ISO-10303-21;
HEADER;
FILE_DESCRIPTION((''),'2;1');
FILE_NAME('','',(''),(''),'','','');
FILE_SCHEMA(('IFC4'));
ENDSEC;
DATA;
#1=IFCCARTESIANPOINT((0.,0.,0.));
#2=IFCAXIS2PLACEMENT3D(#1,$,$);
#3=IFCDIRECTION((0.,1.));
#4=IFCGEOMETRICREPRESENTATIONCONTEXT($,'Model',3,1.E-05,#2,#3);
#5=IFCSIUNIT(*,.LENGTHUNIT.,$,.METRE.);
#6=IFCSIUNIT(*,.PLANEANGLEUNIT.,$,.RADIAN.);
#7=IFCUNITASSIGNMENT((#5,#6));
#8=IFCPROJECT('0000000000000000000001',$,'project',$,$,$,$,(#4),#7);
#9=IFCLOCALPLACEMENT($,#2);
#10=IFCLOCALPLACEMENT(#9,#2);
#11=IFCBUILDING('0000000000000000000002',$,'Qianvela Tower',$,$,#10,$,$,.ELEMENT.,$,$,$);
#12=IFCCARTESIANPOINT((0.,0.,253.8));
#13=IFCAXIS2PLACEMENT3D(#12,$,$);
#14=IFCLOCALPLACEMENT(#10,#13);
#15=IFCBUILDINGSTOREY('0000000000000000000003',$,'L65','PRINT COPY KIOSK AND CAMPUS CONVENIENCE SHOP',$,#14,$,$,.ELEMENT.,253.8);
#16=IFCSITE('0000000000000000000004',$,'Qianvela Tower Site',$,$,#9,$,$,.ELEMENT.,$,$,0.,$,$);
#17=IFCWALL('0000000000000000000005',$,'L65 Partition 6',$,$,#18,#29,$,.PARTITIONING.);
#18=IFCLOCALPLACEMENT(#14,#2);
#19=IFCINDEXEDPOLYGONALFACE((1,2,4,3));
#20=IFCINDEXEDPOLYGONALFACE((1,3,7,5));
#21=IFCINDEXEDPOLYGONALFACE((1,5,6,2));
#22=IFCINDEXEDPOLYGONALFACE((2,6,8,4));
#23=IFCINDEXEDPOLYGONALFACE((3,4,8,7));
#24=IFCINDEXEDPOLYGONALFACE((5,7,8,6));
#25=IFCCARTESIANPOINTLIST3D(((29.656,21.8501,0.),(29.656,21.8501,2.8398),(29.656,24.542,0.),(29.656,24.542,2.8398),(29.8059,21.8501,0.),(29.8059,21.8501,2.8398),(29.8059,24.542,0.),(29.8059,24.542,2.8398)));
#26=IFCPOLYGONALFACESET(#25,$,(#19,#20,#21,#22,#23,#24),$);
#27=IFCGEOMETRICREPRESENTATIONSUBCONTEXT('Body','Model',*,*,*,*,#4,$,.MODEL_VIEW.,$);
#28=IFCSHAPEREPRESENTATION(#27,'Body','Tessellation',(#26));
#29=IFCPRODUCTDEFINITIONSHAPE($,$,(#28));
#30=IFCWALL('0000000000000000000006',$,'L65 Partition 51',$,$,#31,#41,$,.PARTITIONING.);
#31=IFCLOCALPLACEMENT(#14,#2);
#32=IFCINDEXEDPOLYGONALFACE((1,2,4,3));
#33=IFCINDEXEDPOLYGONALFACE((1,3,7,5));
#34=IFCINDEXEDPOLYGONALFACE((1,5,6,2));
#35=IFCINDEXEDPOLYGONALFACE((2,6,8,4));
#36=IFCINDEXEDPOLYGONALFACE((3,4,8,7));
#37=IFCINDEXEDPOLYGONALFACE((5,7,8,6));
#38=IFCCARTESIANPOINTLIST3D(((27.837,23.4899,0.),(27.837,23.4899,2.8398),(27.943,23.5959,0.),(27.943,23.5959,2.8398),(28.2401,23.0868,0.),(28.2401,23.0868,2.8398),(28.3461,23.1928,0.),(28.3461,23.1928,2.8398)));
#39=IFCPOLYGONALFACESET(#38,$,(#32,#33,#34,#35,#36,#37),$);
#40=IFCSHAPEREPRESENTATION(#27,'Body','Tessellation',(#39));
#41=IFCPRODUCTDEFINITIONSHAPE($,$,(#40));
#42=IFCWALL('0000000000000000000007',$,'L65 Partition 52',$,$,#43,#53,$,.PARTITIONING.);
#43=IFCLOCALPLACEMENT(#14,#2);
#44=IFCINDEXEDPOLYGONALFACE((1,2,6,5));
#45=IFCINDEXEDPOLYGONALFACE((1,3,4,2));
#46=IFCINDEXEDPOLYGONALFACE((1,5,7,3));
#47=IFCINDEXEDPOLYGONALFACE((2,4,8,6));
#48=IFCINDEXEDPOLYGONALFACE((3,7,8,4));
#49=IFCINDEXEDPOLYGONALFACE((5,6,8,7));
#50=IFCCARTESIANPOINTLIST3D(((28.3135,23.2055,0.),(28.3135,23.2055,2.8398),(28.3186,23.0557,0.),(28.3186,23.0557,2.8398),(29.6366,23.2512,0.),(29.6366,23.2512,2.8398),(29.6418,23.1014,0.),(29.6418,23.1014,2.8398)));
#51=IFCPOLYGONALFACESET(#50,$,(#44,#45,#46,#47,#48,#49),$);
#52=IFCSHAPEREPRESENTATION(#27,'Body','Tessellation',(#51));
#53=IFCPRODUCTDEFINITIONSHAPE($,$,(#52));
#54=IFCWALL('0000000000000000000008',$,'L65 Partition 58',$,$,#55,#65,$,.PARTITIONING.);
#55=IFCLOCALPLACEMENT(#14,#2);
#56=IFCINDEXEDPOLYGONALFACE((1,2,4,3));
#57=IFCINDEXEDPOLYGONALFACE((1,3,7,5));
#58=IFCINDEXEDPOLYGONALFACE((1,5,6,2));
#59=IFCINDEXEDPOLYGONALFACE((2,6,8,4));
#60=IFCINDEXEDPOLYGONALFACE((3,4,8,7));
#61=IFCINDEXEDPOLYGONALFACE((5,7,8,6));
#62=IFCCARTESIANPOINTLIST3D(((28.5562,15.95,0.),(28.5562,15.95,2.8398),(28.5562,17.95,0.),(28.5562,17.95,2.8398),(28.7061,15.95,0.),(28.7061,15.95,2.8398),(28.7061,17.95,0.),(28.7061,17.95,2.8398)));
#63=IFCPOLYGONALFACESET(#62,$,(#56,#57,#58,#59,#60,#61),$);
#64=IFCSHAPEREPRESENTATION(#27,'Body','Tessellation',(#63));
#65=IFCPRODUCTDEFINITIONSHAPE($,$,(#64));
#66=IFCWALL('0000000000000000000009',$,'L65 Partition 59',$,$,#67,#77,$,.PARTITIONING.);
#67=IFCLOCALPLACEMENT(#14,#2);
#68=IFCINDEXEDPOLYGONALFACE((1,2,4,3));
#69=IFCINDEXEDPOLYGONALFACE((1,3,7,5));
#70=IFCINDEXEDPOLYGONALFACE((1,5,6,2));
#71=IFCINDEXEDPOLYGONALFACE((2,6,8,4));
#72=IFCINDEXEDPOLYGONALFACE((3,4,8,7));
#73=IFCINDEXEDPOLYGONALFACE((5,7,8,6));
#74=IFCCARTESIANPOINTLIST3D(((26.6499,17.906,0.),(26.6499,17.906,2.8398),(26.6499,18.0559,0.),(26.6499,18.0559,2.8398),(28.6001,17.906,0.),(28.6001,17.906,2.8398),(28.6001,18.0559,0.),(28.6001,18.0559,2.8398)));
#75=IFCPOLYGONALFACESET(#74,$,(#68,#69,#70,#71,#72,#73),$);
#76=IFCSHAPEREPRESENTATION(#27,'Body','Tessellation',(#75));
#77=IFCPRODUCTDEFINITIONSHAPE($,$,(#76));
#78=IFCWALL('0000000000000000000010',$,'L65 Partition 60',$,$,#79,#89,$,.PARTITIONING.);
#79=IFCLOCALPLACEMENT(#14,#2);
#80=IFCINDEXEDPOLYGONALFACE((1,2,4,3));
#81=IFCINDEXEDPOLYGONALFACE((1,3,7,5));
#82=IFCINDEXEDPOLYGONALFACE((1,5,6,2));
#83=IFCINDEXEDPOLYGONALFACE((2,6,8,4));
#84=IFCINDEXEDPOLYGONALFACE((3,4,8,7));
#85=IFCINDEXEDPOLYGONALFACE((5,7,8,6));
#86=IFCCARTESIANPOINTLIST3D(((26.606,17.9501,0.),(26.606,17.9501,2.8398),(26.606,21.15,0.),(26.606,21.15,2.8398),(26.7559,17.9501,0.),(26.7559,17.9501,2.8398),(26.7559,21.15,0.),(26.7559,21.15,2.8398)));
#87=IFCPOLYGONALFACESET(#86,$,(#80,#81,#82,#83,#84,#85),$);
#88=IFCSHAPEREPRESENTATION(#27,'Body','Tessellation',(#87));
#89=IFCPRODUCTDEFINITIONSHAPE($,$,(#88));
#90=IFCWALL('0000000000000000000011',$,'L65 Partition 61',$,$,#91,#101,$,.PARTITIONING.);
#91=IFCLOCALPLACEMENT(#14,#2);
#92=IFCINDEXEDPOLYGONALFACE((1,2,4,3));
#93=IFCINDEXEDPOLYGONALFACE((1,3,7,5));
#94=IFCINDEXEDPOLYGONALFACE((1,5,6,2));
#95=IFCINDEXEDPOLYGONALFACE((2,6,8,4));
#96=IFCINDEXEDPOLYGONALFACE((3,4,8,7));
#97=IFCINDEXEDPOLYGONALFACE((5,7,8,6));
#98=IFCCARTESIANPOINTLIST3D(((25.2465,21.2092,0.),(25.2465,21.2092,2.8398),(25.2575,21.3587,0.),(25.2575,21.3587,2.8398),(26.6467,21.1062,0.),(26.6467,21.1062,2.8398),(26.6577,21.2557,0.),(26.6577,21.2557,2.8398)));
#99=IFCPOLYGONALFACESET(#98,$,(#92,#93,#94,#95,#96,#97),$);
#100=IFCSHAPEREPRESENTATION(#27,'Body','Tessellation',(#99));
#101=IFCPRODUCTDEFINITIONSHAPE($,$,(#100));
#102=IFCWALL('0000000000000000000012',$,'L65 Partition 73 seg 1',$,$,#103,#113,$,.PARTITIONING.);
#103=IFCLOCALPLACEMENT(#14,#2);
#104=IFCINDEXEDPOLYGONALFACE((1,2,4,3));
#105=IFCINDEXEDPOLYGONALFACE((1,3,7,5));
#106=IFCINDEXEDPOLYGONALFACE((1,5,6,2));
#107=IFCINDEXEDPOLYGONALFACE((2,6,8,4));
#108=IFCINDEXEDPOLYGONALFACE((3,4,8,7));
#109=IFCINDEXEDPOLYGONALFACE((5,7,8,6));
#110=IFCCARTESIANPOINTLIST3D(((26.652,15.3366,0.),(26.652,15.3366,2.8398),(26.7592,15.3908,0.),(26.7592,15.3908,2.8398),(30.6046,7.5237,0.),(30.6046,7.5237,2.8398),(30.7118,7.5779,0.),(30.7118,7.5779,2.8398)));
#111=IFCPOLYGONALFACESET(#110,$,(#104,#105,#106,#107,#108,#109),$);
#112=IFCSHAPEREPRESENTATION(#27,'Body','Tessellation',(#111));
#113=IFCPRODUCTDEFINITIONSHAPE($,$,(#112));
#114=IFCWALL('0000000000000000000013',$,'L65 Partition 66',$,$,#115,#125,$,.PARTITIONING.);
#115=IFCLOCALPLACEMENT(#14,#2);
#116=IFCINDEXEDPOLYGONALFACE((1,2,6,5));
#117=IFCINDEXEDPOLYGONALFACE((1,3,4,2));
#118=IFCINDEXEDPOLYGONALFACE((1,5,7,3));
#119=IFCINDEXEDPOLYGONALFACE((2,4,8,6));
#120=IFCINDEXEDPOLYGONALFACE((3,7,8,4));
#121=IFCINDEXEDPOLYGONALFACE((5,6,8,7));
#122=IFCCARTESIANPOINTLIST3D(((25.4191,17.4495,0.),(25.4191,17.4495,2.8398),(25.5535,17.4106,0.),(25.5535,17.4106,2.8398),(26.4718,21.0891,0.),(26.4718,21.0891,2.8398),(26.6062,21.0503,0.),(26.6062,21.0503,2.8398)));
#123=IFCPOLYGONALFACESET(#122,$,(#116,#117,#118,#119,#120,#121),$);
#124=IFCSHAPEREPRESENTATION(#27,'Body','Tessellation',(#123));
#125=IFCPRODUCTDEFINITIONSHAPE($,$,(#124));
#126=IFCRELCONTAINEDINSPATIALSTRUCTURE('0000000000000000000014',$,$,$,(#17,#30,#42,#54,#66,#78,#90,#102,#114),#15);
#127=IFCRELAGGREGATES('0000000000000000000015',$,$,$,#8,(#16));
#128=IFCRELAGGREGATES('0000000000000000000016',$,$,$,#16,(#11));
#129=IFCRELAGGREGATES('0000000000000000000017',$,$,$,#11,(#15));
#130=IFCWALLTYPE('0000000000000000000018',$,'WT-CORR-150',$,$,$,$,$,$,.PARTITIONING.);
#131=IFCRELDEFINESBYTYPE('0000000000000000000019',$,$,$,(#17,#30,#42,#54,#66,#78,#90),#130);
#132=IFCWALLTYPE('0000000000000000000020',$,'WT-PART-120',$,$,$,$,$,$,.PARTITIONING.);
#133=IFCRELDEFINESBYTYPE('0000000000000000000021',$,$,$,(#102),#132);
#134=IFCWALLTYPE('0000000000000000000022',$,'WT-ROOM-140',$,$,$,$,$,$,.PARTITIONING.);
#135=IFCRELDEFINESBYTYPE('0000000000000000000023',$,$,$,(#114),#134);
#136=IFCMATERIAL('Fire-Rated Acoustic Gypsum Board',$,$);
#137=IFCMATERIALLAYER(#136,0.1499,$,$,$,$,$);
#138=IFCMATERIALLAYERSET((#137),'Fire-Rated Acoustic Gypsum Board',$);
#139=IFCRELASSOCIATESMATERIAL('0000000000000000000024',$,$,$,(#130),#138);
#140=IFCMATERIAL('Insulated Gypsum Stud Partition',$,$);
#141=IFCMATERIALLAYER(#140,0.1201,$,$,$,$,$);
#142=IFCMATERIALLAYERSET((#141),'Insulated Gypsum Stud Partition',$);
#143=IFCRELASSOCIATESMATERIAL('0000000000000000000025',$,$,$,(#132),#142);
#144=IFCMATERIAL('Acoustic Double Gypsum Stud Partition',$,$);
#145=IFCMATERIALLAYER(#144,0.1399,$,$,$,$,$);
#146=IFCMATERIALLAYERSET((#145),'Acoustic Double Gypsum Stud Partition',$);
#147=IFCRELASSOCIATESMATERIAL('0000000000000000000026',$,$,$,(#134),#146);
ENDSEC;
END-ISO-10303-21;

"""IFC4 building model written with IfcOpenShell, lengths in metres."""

from ifc_helpers import new_model, si_unit, direction, frame, frame_2d, origin, place, context, subcontext, project, spatial, rectangle, extrude, material, layer, layer_set, type_object, element, save


model = new_model("IFC4")

# Units and contexts
model_context = context("Model", 3, precision=1e-05, world=origin(), true_north=direction((0.0, 1.0)))
body_context = subcontext(model_context, "Body", "Model", "MODEL_VIEW")
ifc_project = project(units=[si_unit("LENGTHUNIT", "METRE"), si_unit("PLANEANGLEUNIT", "RADIAN")], contexts=[model_context])

# Site, building, storey
site_placement = place(None, origin())
site = spatial("IfcSite", under=ifc_project, at=site_placement, Name="Qianvela Tower Site", CompositionType="ELEMENT", RefElevation=0.0)
building_placement = place(site_placement, origin())
building = spatial("IfcBuilding", under=site, at=building_placement, Name="Qianvela Tower", CompositionType="ELEMENT")
storey_placement = place(building_placement, frame((0.0, 0.0, 253.8)))
storey = spatial("IfcBuildingStorey", under=building, at=storey_placement, Name="L65", Description="PRINT COPY KIOSK AND CAMPUS CONVENIENCE SHOP", CompositionType="ELEMENT", Elevation=253.8)

# Shared definitions
ifc_material_1 = material(Name="Fire-Rated Acoustic Gypsum Board")
ifc_layer_1 = layer(ifc_material_1, 0.1499)
ifc_layer_set_1 = layer_set([ifc_layer_1], Name="Fire-Rated Acoustic Gypsum Board")
wall_type_1 = type_object("IfcWallType", Name="WT-CORR-150", PredefinedType="PARTITIONING", material=ifc_layer_set_1)

# Walls
wall_1_placement = place(storey_placement, frame((29.731, 21.8501, 0.0), z_axis=(0.0, 0.0, 1.0), x_axis=(0.0, 1.0, 0.0)))
element("IfcWall", 1, at=wall_1_placement, inside=storey, type_object=wall_type_1, Name="L65 Partition 6", PredefinedType="PARTITIONING", context=body_context, shape_type="SweptSolid", body=[
    extrude(rectangle(XDim=2.6919, YDim=0.1499, at=frame_2d((1.3459, 0.0))), origin(), (0.0, 0.0, 1.0), 2.8398),
])
wall_2_placement = place(storey_placement, frame((27.8899, 23.543, 0.0), z_axis=(0.0, 0.0, 1.0), x_axis=(0.707107, -0.707107, 0.0)))
element("IfcWall", 2, at=wall_2_placement, inside=storey, type_object=wall_type_1, Name="L65 Partition 51", PredefinedType="PARTITIONING", context=body_context, shape_type="SweptSolid", body=[
    extrude(rectangle(XDim=0.5701, YDim=0.1499, at=frame_2d((0.2852, 0.0))), origin(), (0.0, 0.0, 1.0), 2.8398),
])
wall_3_placement = place(storey_placement, frame((28.3159, 23.1306, 0.0), z_axis=(0.0, 0.0, 1.0), x_axis=(0.999405, 0.034481, 0.0)))
element("IfcWall", 3, at=wall_3_placement, inside=storey, type_object=wall_type_1, Name="L65 Partition 52", PredefinedType="PARTITIONING", context=body_context, shape_type="SweptSolid", body=[
    extrude(rectangle(XDim=1.324, YDim=0.1499, at=frame_2d((0.6621, 0.0))), origin(), (0.0, 0.0, 1.0), 2.8398),
])
wall_4_placement = place(storey_placement, frame((28.6311, 15.95, 0.0), z_axis=(0.0, 0.0, 1.0), x_axis=(0.0, 1.0, 0.0)))
element("IfcWall", 4, at=wall_4_placement, inside=storey, type_object=wall_type_1, Name="L65 Partition 58", PredefinedType="PARTITIONING", context=body_context, shape_type="SweptSolid", body=[
    extrude(rectangle(XDim=2.0, YDim=0.1499, at=frame_2d((1.0, 0.0))), origin(), (0.0, 0.0, 1.0), 2.8398),
])
wall_5_placement = place(storey_placement, frame((28.6001, 17.981, 0.0), z_axis=(0.0, 0.0, 1.0), x_axis=(-1.0, 0.0, 0.0)))
element("IfcWall", 5, at=wall_5_placement, inside=storey, type_object=wall_type_1, Name="L65 Partition 59", PredefinedType="PARTITIONING", context=body_context, shape_type="SweptSolid", body=[
    extrude(rectangle(XDim=1.9502, YDim=0.1499, at=frame_2d((0.9751, 0.0))), origin(), (0.0, 0.0, 1.0), 2.8398),
])
wall_6_placement = place(storey_placement, frame((26.6809, 17.95, 0.0), z_axis=(0.0, 0.0, 1.0), x_axis=(0.0, 1.0, 0.0)))
element("IfcWall", 6, at=wall_6_placement, inside=storey, type_object=wall_type_1, Name="L65 Partition 60", PredefinedType="PARTITIONING", context=body_context, shape_type="SweptSolid", body=[
    extrude(rectangle(XDim=3.2, YDim=0.1499, at=frame_2d((1.6001, 0.0))), origin(), (0.0, 0.0, 1.0), 2.8398),
])
wall_7_placement = place(storey_placement, frame((26.6523, 21.1809, 0.0), z_axis=(0.0, 0.0, 1.0), x_axis=(-0.997304, 0.073385, 0.0)))
element("IfcWall", 7, at=wall_7_placement, inside=storey, type_object=wall_type_1, Name="L65 Partition 61", PredefinedType="PARTITIONING", context=body_context, shape_type="SweptSolid", body=[
    extrude(rectangle(XDim=1.4041, YDim=0.1499, at=frame_2d((0.7021, 0.0))), origin(), (0.0, 0.0, 1.0), 2.8398),
])
ifc_material_2 = material(Name="Insulated Gypsum Stud Partition")
ifc_layer_2 = layer(ifc_material_2, 0.1201)
ifc_layer_set_2 = layer_set([ifc_layer_2], Name="Insulated Gypsum Stud Partition")
wall_type_2 = type_object("IfcWallType", Name="WT-PART-120", PredefinedType="PARTITIONING", material=ifc_layer_set_2)
wall_8_placement = place(storey_placement, frame((30.6582, 7.5508, 0.0), z_axis=(0.0, 0.0, 1.0), x_axis=(-0.451425, 0.892309, 0.0)))
element("IfcWall", 8, at=wall_8_placement, inside=storey, type_object=wall_type_2, Name="L65 Partition 73 seg 1", PredefinedType="PARTITIONING", context=body_context, shape_type="SweptSolid", body=[
    extrude(rectangle(XDim=8.7559, YDim=0.1201, at=frame_2d((4.3779, 0.0))), origin(), (0.0, 0.0, 1.0), 2.8398),
])
ifc_material_3 = material(Name="Acoustic Double Gypsum Stud Partition")
ifc_layer_3 = layer(ifc_material_3, 0.1399)
ifc_layer_set_3 = layer_set([ifc_layer_3], Name="Acoustic Double Gypsum Stud Partition")
wall_type_3 = type_object("IfcWallType", Name="WT-ROOM-140", PredefinedType="PARTITIONING", material=ifc_layer_set_3)
wall_9_placement = place(storey_placement, frame((26.5391, 21.0698, 0.0), z_axis=(0.0, 0.0, 1.0), x_axis=(-0.277852, -0.960624, 0.0)))
element("IfcWall", 9, at=wall_9_placement, inside=storey, type_object=wall_type_3, Name="L65 Partition 66", PredefinedType="PARTITIONING", context=body_context, shape_type="SweptSolid", body=[
    extrude(rectangle(XDim=3.7888, YDim=0.1399, at=frame_2d((1.8945, 0.0))), origin(), (0.0, 0.0, 1.0), 2.8398),
])

save(model, "model.ifc")
